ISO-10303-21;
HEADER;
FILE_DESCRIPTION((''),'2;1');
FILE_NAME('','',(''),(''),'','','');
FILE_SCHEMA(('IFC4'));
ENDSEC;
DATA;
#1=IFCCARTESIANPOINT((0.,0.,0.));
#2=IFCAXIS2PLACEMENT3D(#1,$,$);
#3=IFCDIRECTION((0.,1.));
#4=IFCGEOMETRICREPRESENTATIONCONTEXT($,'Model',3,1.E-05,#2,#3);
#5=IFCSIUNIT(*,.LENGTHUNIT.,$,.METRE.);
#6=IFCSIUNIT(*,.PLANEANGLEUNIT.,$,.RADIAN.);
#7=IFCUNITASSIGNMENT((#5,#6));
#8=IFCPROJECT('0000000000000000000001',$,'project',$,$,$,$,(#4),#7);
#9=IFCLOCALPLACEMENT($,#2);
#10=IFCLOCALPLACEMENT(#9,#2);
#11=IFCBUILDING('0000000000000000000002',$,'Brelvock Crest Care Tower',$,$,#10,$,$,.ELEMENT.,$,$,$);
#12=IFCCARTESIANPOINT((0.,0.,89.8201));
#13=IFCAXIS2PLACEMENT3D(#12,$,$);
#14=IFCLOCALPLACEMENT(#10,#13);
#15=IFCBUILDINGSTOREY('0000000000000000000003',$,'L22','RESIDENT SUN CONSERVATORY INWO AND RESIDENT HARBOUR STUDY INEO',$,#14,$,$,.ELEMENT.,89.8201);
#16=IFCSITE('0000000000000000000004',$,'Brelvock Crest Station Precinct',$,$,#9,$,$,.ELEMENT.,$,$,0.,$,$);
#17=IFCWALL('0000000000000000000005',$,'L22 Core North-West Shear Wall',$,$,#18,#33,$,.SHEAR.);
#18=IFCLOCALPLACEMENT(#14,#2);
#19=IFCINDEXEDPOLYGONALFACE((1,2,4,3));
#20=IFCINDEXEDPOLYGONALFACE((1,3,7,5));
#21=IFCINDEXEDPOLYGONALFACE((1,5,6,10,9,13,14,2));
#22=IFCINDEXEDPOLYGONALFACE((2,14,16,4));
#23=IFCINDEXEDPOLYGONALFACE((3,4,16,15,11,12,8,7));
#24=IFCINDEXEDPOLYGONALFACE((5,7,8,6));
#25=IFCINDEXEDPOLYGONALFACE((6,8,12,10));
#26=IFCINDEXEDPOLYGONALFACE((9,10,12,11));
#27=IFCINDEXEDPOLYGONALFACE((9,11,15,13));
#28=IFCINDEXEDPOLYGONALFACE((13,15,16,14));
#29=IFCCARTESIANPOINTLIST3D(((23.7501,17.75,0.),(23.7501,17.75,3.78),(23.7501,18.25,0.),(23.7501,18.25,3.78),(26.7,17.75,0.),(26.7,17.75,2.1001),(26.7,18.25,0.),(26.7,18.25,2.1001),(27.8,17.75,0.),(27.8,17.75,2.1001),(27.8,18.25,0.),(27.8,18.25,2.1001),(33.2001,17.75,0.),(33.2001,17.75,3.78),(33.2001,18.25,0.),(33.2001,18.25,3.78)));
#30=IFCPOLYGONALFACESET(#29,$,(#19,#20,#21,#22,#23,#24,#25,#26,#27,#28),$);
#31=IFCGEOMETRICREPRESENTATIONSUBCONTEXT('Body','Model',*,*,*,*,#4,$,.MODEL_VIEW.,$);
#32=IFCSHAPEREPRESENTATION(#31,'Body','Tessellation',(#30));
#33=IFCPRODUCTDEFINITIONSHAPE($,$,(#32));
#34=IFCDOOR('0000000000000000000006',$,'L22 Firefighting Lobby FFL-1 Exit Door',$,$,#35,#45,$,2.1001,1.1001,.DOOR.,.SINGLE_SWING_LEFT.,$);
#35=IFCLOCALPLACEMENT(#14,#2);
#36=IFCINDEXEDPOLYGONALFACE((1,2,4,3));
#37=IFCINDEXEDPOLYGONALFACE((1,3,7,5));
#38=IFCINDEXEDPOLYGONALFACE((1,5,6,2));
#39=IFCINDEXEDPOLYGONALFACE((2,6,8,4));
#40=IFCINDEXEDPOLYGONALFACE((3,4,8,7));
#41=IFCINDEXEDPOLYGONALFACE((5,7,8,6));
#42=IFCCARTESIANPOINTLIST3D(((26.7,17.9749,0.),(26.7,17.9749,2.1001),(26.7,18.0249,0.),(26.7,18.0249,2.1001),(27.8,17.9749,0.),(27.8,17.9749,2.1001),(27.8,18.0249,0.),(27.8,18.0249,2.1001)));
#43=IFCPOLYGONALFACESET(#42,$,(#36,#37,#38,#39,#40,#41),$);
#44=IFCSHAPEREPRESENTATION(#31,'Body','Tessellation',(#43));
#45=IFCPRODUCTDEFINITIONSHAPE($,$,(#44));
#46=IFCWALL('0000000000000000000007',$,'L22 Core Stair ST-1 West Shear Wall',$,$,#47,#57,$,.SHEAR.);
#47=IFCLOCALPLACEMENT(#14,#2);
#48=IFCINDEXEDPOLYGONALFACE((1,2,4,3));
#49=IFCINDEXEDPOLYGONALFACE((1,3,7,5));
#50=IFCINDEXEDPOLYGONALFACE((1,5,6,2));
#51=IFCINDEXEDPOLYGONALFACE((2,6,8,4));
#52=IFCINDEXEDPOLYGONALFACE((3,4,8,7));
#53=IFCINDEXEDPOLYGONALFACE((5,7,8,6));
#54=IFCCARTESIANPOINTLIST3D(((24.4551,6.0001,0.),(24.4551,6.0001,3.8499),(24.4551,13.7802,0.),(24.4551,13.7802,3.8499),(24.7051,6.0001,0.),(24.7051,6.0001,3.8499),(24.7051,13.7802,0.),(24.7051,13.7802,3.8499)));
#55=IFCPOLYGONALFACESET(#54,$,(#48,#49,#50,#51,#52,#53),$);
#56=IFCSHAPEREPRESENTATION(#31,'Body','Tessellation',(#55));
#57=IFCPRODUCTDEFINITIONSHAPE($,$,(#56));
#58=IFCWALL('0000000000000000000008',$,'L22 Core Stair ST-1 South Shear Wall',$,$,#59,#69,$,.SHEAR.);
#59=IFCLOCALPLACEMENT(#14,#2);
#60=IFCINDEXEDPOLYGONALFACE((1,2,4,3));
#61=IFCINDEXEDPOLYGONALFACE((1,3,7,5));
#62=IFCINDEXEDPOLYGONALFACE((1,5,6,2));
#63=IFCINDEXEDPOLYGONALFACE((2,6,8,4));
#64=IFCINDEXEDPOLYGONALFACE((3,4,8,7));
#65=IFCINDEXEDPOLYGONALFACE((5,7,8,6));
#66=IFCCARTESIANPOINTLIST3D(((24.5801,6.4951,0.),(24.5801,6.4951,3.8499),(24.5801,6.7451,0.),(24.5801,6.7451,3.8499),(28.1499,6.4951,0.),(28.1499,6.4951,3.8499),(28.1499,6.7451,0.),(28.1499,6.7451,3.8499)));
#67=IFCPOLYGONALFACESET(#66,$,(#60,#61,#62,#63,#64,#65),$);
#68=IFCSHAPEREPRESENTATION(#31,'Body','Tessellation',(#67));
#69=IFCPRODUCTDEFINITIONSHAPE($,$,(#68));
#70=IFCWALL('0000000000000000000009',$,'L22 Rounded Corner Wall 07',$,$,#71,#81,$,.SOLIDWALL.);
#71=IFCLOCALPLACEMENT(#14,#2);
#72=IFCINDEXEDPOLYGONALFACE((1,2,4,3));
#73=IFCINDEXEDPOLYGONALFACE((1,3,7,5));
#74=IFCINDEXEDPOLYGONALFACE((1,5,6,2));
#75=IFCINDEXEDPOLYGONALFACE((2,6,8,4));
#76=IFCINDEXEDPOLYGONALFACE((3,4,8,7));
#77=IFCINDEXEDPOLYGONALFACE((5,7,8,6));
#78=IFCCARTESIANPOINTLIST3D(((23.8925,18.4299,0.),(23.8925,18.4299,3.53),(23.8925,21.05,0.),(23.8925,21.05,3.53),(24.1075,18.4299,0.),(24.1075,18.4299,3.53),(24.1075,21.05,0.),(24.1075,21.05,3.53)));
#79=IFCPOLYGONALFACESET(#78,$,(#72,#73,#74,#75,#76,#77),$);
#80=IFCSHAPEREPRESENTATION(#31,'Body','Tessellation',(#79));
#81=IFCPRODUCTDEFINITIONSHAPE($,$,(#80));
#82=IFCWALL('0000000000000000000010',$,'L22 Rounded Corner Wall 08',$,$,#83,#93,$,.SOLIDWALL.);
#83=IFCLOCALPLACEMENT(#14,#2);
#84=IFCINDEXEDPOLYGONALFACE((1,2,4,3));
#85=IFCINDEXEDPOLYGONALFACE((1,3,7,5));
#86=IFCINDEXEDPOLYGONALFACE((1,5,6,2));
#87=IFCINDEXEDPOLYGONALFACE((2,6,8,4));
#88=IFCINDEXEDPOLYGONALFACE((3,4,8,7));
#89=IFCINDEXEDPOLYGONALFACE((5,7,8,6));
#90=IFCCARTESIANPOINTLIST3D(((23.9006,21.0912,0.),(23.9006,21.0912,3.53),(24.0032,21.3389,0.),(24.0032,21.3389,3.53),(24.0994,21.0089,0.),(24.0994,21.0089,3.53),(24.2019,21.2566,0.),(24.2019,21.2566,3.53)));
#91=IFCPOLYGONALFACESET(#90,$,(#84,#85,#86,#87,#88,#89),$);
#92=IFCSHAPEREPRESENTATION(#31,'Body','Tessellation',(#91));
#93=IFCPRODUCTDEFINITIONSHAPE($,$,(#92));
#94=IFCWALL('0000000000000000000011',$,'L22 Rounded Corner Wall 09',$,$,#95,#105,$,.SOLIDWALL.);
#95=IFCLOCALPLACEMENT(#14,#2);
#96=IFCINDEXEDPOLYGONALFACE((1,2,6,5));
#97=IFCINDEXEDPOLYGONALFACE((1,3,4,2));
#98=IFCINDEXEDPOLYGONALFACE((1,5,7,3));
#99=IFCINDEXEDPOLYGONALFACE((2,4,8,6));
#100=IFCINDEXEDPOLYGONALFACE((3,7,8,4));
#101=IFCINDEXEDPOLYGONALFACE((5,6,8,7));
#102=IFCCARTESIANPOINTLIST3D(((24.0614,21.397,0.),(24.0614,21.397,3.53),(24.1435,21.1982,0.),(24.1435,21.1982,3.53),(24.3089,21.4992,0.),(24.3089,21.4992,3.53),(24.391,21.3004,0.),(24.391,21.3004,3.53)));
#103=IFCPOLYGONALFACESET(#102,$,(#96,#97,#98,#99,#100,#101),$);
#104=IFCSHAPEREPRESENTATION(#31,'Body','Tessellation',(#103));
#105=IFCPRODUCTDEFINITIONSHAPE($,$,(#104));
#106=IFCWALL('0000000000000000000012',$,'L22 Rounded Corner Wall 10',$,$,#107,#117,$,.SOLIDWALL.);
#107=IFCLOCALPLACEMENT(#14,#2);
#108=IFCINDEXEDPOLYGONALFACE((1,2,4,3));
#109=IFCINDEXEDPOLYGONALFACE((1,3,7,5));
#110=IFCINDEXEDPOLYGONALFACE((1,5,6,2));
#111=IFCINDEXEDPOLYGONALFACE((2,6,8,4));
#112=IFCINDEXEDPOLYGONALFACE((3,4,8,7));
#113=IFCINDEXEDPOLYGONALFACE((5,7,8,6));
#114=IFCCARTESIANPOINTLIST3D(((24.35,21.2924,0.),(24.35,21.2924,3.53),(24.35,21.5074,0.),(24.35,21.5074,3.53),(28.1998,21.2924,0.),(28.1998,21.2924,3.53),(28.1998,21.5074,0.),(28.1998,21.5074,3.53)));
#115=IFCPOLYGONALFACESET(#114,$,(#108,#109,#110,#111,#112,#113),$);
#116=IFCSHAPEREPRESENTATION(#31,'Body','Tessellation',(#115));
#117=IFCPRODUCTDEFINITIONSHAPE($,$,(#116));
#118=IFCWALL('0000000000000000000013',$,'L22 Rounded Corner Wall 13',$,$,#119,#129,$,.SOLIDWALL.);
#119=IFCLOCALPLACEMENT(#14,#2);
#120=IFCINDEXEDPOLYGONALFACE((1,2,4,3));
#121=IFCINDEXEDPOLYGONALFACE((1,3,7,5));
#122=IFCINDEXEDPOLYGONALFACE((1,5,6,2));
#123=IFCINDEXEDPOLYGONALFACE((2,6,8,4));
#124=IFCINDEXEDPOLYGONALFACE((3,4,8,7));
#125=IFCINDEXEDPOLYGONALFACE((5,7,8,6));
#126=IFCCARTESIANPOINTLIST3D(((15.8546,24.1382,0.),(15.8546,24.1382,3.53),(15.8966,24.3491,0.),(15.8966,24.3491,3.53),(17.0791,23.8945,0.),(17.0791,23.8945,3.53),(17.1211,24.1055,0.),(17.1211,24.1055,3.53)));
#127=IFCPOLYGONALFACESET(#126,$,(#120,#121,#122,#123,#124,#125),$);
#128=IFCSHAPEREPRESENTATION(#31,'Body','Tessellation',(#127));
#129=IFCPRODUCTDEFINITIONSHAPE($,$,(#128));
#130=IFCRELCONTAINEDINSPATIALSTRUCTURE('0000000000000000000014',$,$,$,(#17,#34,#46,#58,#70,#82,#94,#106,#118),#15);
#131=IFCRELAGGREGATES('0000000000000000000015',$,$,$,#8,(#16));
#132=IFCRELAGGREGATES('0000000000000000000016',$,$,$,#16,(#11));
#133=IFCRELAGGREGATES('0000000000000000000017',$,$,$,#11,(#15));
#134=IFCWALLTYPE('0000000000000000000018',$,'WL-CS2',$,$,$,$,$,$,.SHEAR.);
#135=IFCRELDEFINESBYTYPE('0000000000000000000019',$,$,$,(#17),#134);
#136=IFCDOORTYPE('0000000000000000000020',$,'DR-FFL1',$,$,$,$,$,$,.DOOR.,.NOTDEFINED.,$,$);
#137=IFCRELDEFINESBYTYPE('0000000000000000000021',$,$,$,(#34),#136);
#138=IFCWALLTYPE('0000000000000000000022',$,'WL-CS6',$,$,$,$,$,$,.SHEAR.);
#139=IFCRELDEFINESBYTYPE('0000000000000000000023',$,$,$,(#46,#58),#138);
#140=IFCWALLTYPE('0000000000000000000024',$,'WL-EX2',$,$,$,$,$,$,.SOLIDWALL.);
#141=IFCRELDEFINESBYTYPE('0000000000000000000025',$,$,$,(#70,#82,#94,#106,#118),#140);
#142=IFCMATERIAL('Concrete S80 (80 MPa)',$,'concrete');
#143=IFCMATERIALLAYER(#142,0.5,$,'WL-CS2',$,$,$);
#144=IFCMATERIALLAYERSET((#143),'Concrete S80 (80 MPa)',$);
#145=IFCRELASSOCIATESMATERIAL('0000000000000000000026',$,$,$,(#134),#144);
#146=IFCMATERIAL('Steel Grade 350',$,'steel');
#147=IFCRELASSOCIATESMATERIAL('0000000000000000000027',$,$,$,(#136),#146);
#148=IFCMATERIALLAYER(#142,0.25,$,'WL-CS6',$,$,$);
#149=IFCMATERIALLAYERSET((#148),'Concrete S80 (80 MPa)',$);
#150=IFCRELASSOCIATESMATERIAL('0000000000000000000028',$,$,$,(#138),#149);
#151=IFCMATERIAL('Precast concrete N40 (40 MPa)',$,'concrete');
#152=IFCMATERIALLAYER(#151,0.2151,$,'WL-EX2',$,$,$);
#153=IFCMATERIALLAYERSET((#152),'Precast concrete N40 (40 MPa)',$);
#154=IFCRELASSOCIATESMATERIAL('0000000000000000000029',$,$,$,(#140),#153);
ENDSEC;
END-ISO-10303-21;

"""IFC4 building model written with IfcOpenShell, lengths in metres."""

from ifc_helpers import new_model, si_unit, direction, frame, frame_2d, origin, origin_2d, place, context, subcontext, project, spatial, rectangle, extrude, source, transform, mapped, material, layer, layer_set, type_object, element, fill, save


model = new_model("IFC4")

# Units and contexts
model_context = context("Model", 3, precision=1e-05, world=origin(), true_north=direction((0.0, 1.0)))
body_context = subcontext(model_context, "Body", "Model", "MODEL_VIEW")
ifc_project = project(units=[si_unit("LENGTHUNIT", "METRE"), si_unit("PLANEANGLEUNIT", "RADIAN")], contexts=[model_context])

# Site, building, storey
site_placement = place(None, origin())
site = spatial("IfcSite", under=ifc_project, at=site_placement, Name="Brelvock Crest Station Precinct", CompositionType="ELEMENT", RefElevation=0.0)
building_placement = place(site_placement, origin())
building = spatial("IfcBuilding", under=site, at=building_placement, Name="Brelvock Crest Care Tower", CompositionType="ELEMENT")
storey_placement = place(building_placement, frame((0.0, 0.0, 89.8201)))
storey = spatial("IfcBuildingStorey", under=building, at=storey_placement, Name="L22", Description="RESIDENT SUN CONSERVATORY INWO AND RESIDENT HARBOUR STUDY INEO", CompositionType="ELEMENT", Elevation=89.8201)

# Shared definitions
ifc_material_1 = material(Name="Concrete S80 (80 MPa)", Category="concrete")

# Shared definitions
ifc_material_2 = material(Name="Steel Grade 350", Category="steel")

# Shared definitions
ifc_layer_1 = layer(ifc_material_1, 0.5, Name="WL-CS2")
ifc_layer_set_1 = layer_set([ifc_layer_1], Name="Concrete S80 (80 MPa)")
wall_type_1 = type_object("IfcWallType", Name="WL-CS2", PredefinedType="SHEAR", material=ifc_layer_set_1)

# Wall, opening, door
wall_1_placement = place(storey_placement, frame((23.75, 18.0, 0.0), z_axis=(0.0, 0.0, 1.0), x_axis=(1.0, 0.0, 0.0)))
wall_1 = element("IfcWall", 1, at=wall_1_placement, inside=storey, type_object=wall_type_1, Name="L22 Core North-West Shear Wall", PredefinedType="SHEAR", context=body_context, shape_type="SweptSolid", body=[
    extrude(rectangle(XDim=9.45, YDim=0.5, at=frame_2d((4.7251, 0.0))), origin(), (0.0, 0.0, 1.0), 3.78),
])
opening_1_placement = place(wall_1_placement, frame((2.95, 0.0, 0.0)))
opening_1 = element("IfcOpeningElement", 2, at=opening_1_placement, cuts=wall_1, PredefinedType="OPENING", context=body_context, shape_type="SweptSolid", body=[
    extrude(rectangle(XDim=1.1001, YDim=2.1001, at=origin_2d()), frame((0.55, 0.26, 1.05), z_axis=(0.0, -1.0, 0.0), x_axis=(1.0, 0.0, 0.0)), (0.0, 0.0, 1.0), 0.52),
])
door_type_1 = type_object("IfcDoorType", Name="DR-FFL1", OperationType="NOTDEFINED", PredefinedType="DOOR", material=ifc_material_2)
shared_shape_1 = source(origin(), body_context, "Body", "SweptSolid", [
    extrude(rectangle(XDim=1.1001, YDim=2.1001, at=origin_2d()), frame((0.55, 0.0249, 1.05), z_axis=(0.0, -1.0, 0.0), x_axis=(1.0, 0.0, 0.0)), (0.0, 0.0, 1.0), 0.05),
])
door_1_placement = place(opening_1_placement, origin())
door_1 = element("IfcDoor", 3, at=door_1_placement, inside=storey, type_object=door_type_1, Name="L22 Firefighting Lobby FFL-1 Exit Door", OperationType="SINGLE_SWING_LEFT", OverallHeight=2.1001, OverallWidth=1.1001, PredefinedType="DOOR", context=body_context, shape_type="MappedRepresentation", body=[
    mapped(shared_shape_1, transform((0.0, 0.0, 0.0), x_axis=(1.0, 0.0, 0.0), y_axis=(0.0, 1.0, 0.0), z_axis=(0.0, 0.0, 1.0), scale=1.0)),
])
fill(opening_1, door_1)

# Walls
ifc_layer_2 = layer(ifc_material_1, 0.25, Name="WL-CS6")
ifc_layer_set_2 = layer_set([ifc_layer_2], Name="Concrete S80 (80 MPa)")
wall_type_2 = type_object("IfcWallType", Name="WL-CS6", PredefinedType="SHEAR", material=ifc_layer_set_2)
wall_2_placement = place(storey_placement, frame((24.5801, 6.0, 0.0), z_axis=(0.0, 0.0, 1.0), x_axis=(0.0, 1.0, 0.0)))
element("IfcWall", 4, at=wall_2_placement, inside=storey, type_object=wall_type_2, Name="L22 Core Stair ST-1 West Shear Wall", PredefinedType="SHEAR", context=body_context, shape_type="SweptSolid", body=[
    extrude(rectangle(XDim=7.78, YDim=0.25, at=frame_2d((3.8901, 0.0))), origin(), (0.0, 0.0, 1.0), 3.8499),
])
wall_3_placement = place(storey_placement, frame((24.5801, 6.6201, 0.0), z_axis=(0.0, 0.0, 1.0), x_axis=(1.0, 0.0, 0.0)))
element("IfcWall", 5, at=wall_3_placement, inside=storey, type_object=wall_type_2, Name="L22 Core Stair ST-1 South Shear Wall", PredefinedType="SHEAR", context=body_context, shape_type="SweptSolid", body=[
    extrude(rectangle(XDim=3.5698, YDim=0.25, at=frame_2d((1.7849, 0.0))), origin(), (0.0, 0.0, 1.0), 3.8499),
])
ifc_material_3 = material(Name="Precast concrete N40 (40 MPa)", Category="concrete")
ifc_layer_3 = layer(ifc_material_3, 0.2151, Name="WL-EX2")
ifc_layer_set_3 = layer_set([ifc_layer_3], Name="Precast concrete N40 (40 MPa)")
wall_type_3 = type_object("IfcWallType", Name="WL-EX2", PredefinedType="SOLIDWALL", material=ifc_layer_set_3)
wall_4_placement = place(storey_placement, frame((24.0, 18.4299, 0.0), z_axis=(0.0, 0.0, 1.0), x_axis=(0.0, 1.0, 0.0)))
element("IfcWall", 6, at=wall_4_placement, inside=storey, type_object=wall_type_3, Name="L22 Rounded Corner Wall 07", PredefinedType="SOLIDWALL", context=body_context, shape_type="SweptSolid", body=[
    extrude(rectangle(XDim=2.6201, YDim=0.2151, at=frame_2d((1.3101, 0.0))), origin(), (0.0, 0.0, 1.0), 3.53),
])
wall_5_placement = place(storey_placement, frame((24.0, 21.05, 0.0), z_axis=(0.0, 0.0, 1.0), x_axis=(0.382674, 0.923884, 0.0)))
element("IfcWall", 7, at=wall_5_placement, inside=storey, type_object=wall_type_3, Name="L22 Rounded Corner Wall 08", PredefinedType="SOLIDWALL", context=body_context, shape_type="SweptSolid", body=[
    extrude(rectangle(XDim=0.2681, YDim=0.2151, at=frame_2d((0.134, 0.0))), origin(), (0.0, 0.0, 1.0), 3.53),
])
wall_6_placement = place(storey_placement, frame((24.1025, 21.2976, 0.0), z_axis=(0.0, 0.0, 1.0), x_axis=(0.924205, 0.381896, 0.0)))
element("IfcWall", 8, at=wall_6_placement, inside=storey, type_object=wall_type_3, Name="L22 Rounded Corner Wall 09", PredefinedType="SOLIDWALL", context=body_context, shape_type="SweptSolid", body=[
    extrude(rectangle(XDim=0.2678, YDim=0.2151, at=frame_2d((0.1338, 0.0))), origin(), (0.0, 0.0, 1.0), 3.53),
])
wall_7_placement = place(storey_placement, frame((24.3501, 21.3999, 0.0), z_axis=(0.0, 0.0, 1.0), x_axis=(1.0, 0.0, 0.0)))
element("IfcWall", 9, at=wall_7_placement, inside=storey, type_object=wall_type_3, Name="L22 Rounded Corner Wall 10", PredefinedType="SOLIDWALL", context=body_context, shape_type="SweptSolid", body=[
    extrude(rectangle(XDim=3.8499, YDim=0.2151, at=frame_2d((1.9248, 0.0))), origin(), (0.0, 0.0, 1.0), 3.53),
])
wall_8_placement = place(storey_placement, frame((17.1001, 24.0, 0.0), z_axis=(0.0, 0.0, 1.0), x_axis=(-0.980776, 0.195138, 0.0)))
element("IfcWall", 10, at=wall_8_placement, inside=storey, type_object=wall_type_3, Name="L22 Rounded Corner Wall 13", PredefinedType="SOLIDWALL", context=body_context, shape_type="SweptSolid", body=[
    extrude(rectangle(XDim=1.2485, YDim=0.2151, at=frame_2d((0.6243, 0.0))), origin(), (0.0, 0.0, 1.0), 3.53),
])

save(model, "model.ifc")
